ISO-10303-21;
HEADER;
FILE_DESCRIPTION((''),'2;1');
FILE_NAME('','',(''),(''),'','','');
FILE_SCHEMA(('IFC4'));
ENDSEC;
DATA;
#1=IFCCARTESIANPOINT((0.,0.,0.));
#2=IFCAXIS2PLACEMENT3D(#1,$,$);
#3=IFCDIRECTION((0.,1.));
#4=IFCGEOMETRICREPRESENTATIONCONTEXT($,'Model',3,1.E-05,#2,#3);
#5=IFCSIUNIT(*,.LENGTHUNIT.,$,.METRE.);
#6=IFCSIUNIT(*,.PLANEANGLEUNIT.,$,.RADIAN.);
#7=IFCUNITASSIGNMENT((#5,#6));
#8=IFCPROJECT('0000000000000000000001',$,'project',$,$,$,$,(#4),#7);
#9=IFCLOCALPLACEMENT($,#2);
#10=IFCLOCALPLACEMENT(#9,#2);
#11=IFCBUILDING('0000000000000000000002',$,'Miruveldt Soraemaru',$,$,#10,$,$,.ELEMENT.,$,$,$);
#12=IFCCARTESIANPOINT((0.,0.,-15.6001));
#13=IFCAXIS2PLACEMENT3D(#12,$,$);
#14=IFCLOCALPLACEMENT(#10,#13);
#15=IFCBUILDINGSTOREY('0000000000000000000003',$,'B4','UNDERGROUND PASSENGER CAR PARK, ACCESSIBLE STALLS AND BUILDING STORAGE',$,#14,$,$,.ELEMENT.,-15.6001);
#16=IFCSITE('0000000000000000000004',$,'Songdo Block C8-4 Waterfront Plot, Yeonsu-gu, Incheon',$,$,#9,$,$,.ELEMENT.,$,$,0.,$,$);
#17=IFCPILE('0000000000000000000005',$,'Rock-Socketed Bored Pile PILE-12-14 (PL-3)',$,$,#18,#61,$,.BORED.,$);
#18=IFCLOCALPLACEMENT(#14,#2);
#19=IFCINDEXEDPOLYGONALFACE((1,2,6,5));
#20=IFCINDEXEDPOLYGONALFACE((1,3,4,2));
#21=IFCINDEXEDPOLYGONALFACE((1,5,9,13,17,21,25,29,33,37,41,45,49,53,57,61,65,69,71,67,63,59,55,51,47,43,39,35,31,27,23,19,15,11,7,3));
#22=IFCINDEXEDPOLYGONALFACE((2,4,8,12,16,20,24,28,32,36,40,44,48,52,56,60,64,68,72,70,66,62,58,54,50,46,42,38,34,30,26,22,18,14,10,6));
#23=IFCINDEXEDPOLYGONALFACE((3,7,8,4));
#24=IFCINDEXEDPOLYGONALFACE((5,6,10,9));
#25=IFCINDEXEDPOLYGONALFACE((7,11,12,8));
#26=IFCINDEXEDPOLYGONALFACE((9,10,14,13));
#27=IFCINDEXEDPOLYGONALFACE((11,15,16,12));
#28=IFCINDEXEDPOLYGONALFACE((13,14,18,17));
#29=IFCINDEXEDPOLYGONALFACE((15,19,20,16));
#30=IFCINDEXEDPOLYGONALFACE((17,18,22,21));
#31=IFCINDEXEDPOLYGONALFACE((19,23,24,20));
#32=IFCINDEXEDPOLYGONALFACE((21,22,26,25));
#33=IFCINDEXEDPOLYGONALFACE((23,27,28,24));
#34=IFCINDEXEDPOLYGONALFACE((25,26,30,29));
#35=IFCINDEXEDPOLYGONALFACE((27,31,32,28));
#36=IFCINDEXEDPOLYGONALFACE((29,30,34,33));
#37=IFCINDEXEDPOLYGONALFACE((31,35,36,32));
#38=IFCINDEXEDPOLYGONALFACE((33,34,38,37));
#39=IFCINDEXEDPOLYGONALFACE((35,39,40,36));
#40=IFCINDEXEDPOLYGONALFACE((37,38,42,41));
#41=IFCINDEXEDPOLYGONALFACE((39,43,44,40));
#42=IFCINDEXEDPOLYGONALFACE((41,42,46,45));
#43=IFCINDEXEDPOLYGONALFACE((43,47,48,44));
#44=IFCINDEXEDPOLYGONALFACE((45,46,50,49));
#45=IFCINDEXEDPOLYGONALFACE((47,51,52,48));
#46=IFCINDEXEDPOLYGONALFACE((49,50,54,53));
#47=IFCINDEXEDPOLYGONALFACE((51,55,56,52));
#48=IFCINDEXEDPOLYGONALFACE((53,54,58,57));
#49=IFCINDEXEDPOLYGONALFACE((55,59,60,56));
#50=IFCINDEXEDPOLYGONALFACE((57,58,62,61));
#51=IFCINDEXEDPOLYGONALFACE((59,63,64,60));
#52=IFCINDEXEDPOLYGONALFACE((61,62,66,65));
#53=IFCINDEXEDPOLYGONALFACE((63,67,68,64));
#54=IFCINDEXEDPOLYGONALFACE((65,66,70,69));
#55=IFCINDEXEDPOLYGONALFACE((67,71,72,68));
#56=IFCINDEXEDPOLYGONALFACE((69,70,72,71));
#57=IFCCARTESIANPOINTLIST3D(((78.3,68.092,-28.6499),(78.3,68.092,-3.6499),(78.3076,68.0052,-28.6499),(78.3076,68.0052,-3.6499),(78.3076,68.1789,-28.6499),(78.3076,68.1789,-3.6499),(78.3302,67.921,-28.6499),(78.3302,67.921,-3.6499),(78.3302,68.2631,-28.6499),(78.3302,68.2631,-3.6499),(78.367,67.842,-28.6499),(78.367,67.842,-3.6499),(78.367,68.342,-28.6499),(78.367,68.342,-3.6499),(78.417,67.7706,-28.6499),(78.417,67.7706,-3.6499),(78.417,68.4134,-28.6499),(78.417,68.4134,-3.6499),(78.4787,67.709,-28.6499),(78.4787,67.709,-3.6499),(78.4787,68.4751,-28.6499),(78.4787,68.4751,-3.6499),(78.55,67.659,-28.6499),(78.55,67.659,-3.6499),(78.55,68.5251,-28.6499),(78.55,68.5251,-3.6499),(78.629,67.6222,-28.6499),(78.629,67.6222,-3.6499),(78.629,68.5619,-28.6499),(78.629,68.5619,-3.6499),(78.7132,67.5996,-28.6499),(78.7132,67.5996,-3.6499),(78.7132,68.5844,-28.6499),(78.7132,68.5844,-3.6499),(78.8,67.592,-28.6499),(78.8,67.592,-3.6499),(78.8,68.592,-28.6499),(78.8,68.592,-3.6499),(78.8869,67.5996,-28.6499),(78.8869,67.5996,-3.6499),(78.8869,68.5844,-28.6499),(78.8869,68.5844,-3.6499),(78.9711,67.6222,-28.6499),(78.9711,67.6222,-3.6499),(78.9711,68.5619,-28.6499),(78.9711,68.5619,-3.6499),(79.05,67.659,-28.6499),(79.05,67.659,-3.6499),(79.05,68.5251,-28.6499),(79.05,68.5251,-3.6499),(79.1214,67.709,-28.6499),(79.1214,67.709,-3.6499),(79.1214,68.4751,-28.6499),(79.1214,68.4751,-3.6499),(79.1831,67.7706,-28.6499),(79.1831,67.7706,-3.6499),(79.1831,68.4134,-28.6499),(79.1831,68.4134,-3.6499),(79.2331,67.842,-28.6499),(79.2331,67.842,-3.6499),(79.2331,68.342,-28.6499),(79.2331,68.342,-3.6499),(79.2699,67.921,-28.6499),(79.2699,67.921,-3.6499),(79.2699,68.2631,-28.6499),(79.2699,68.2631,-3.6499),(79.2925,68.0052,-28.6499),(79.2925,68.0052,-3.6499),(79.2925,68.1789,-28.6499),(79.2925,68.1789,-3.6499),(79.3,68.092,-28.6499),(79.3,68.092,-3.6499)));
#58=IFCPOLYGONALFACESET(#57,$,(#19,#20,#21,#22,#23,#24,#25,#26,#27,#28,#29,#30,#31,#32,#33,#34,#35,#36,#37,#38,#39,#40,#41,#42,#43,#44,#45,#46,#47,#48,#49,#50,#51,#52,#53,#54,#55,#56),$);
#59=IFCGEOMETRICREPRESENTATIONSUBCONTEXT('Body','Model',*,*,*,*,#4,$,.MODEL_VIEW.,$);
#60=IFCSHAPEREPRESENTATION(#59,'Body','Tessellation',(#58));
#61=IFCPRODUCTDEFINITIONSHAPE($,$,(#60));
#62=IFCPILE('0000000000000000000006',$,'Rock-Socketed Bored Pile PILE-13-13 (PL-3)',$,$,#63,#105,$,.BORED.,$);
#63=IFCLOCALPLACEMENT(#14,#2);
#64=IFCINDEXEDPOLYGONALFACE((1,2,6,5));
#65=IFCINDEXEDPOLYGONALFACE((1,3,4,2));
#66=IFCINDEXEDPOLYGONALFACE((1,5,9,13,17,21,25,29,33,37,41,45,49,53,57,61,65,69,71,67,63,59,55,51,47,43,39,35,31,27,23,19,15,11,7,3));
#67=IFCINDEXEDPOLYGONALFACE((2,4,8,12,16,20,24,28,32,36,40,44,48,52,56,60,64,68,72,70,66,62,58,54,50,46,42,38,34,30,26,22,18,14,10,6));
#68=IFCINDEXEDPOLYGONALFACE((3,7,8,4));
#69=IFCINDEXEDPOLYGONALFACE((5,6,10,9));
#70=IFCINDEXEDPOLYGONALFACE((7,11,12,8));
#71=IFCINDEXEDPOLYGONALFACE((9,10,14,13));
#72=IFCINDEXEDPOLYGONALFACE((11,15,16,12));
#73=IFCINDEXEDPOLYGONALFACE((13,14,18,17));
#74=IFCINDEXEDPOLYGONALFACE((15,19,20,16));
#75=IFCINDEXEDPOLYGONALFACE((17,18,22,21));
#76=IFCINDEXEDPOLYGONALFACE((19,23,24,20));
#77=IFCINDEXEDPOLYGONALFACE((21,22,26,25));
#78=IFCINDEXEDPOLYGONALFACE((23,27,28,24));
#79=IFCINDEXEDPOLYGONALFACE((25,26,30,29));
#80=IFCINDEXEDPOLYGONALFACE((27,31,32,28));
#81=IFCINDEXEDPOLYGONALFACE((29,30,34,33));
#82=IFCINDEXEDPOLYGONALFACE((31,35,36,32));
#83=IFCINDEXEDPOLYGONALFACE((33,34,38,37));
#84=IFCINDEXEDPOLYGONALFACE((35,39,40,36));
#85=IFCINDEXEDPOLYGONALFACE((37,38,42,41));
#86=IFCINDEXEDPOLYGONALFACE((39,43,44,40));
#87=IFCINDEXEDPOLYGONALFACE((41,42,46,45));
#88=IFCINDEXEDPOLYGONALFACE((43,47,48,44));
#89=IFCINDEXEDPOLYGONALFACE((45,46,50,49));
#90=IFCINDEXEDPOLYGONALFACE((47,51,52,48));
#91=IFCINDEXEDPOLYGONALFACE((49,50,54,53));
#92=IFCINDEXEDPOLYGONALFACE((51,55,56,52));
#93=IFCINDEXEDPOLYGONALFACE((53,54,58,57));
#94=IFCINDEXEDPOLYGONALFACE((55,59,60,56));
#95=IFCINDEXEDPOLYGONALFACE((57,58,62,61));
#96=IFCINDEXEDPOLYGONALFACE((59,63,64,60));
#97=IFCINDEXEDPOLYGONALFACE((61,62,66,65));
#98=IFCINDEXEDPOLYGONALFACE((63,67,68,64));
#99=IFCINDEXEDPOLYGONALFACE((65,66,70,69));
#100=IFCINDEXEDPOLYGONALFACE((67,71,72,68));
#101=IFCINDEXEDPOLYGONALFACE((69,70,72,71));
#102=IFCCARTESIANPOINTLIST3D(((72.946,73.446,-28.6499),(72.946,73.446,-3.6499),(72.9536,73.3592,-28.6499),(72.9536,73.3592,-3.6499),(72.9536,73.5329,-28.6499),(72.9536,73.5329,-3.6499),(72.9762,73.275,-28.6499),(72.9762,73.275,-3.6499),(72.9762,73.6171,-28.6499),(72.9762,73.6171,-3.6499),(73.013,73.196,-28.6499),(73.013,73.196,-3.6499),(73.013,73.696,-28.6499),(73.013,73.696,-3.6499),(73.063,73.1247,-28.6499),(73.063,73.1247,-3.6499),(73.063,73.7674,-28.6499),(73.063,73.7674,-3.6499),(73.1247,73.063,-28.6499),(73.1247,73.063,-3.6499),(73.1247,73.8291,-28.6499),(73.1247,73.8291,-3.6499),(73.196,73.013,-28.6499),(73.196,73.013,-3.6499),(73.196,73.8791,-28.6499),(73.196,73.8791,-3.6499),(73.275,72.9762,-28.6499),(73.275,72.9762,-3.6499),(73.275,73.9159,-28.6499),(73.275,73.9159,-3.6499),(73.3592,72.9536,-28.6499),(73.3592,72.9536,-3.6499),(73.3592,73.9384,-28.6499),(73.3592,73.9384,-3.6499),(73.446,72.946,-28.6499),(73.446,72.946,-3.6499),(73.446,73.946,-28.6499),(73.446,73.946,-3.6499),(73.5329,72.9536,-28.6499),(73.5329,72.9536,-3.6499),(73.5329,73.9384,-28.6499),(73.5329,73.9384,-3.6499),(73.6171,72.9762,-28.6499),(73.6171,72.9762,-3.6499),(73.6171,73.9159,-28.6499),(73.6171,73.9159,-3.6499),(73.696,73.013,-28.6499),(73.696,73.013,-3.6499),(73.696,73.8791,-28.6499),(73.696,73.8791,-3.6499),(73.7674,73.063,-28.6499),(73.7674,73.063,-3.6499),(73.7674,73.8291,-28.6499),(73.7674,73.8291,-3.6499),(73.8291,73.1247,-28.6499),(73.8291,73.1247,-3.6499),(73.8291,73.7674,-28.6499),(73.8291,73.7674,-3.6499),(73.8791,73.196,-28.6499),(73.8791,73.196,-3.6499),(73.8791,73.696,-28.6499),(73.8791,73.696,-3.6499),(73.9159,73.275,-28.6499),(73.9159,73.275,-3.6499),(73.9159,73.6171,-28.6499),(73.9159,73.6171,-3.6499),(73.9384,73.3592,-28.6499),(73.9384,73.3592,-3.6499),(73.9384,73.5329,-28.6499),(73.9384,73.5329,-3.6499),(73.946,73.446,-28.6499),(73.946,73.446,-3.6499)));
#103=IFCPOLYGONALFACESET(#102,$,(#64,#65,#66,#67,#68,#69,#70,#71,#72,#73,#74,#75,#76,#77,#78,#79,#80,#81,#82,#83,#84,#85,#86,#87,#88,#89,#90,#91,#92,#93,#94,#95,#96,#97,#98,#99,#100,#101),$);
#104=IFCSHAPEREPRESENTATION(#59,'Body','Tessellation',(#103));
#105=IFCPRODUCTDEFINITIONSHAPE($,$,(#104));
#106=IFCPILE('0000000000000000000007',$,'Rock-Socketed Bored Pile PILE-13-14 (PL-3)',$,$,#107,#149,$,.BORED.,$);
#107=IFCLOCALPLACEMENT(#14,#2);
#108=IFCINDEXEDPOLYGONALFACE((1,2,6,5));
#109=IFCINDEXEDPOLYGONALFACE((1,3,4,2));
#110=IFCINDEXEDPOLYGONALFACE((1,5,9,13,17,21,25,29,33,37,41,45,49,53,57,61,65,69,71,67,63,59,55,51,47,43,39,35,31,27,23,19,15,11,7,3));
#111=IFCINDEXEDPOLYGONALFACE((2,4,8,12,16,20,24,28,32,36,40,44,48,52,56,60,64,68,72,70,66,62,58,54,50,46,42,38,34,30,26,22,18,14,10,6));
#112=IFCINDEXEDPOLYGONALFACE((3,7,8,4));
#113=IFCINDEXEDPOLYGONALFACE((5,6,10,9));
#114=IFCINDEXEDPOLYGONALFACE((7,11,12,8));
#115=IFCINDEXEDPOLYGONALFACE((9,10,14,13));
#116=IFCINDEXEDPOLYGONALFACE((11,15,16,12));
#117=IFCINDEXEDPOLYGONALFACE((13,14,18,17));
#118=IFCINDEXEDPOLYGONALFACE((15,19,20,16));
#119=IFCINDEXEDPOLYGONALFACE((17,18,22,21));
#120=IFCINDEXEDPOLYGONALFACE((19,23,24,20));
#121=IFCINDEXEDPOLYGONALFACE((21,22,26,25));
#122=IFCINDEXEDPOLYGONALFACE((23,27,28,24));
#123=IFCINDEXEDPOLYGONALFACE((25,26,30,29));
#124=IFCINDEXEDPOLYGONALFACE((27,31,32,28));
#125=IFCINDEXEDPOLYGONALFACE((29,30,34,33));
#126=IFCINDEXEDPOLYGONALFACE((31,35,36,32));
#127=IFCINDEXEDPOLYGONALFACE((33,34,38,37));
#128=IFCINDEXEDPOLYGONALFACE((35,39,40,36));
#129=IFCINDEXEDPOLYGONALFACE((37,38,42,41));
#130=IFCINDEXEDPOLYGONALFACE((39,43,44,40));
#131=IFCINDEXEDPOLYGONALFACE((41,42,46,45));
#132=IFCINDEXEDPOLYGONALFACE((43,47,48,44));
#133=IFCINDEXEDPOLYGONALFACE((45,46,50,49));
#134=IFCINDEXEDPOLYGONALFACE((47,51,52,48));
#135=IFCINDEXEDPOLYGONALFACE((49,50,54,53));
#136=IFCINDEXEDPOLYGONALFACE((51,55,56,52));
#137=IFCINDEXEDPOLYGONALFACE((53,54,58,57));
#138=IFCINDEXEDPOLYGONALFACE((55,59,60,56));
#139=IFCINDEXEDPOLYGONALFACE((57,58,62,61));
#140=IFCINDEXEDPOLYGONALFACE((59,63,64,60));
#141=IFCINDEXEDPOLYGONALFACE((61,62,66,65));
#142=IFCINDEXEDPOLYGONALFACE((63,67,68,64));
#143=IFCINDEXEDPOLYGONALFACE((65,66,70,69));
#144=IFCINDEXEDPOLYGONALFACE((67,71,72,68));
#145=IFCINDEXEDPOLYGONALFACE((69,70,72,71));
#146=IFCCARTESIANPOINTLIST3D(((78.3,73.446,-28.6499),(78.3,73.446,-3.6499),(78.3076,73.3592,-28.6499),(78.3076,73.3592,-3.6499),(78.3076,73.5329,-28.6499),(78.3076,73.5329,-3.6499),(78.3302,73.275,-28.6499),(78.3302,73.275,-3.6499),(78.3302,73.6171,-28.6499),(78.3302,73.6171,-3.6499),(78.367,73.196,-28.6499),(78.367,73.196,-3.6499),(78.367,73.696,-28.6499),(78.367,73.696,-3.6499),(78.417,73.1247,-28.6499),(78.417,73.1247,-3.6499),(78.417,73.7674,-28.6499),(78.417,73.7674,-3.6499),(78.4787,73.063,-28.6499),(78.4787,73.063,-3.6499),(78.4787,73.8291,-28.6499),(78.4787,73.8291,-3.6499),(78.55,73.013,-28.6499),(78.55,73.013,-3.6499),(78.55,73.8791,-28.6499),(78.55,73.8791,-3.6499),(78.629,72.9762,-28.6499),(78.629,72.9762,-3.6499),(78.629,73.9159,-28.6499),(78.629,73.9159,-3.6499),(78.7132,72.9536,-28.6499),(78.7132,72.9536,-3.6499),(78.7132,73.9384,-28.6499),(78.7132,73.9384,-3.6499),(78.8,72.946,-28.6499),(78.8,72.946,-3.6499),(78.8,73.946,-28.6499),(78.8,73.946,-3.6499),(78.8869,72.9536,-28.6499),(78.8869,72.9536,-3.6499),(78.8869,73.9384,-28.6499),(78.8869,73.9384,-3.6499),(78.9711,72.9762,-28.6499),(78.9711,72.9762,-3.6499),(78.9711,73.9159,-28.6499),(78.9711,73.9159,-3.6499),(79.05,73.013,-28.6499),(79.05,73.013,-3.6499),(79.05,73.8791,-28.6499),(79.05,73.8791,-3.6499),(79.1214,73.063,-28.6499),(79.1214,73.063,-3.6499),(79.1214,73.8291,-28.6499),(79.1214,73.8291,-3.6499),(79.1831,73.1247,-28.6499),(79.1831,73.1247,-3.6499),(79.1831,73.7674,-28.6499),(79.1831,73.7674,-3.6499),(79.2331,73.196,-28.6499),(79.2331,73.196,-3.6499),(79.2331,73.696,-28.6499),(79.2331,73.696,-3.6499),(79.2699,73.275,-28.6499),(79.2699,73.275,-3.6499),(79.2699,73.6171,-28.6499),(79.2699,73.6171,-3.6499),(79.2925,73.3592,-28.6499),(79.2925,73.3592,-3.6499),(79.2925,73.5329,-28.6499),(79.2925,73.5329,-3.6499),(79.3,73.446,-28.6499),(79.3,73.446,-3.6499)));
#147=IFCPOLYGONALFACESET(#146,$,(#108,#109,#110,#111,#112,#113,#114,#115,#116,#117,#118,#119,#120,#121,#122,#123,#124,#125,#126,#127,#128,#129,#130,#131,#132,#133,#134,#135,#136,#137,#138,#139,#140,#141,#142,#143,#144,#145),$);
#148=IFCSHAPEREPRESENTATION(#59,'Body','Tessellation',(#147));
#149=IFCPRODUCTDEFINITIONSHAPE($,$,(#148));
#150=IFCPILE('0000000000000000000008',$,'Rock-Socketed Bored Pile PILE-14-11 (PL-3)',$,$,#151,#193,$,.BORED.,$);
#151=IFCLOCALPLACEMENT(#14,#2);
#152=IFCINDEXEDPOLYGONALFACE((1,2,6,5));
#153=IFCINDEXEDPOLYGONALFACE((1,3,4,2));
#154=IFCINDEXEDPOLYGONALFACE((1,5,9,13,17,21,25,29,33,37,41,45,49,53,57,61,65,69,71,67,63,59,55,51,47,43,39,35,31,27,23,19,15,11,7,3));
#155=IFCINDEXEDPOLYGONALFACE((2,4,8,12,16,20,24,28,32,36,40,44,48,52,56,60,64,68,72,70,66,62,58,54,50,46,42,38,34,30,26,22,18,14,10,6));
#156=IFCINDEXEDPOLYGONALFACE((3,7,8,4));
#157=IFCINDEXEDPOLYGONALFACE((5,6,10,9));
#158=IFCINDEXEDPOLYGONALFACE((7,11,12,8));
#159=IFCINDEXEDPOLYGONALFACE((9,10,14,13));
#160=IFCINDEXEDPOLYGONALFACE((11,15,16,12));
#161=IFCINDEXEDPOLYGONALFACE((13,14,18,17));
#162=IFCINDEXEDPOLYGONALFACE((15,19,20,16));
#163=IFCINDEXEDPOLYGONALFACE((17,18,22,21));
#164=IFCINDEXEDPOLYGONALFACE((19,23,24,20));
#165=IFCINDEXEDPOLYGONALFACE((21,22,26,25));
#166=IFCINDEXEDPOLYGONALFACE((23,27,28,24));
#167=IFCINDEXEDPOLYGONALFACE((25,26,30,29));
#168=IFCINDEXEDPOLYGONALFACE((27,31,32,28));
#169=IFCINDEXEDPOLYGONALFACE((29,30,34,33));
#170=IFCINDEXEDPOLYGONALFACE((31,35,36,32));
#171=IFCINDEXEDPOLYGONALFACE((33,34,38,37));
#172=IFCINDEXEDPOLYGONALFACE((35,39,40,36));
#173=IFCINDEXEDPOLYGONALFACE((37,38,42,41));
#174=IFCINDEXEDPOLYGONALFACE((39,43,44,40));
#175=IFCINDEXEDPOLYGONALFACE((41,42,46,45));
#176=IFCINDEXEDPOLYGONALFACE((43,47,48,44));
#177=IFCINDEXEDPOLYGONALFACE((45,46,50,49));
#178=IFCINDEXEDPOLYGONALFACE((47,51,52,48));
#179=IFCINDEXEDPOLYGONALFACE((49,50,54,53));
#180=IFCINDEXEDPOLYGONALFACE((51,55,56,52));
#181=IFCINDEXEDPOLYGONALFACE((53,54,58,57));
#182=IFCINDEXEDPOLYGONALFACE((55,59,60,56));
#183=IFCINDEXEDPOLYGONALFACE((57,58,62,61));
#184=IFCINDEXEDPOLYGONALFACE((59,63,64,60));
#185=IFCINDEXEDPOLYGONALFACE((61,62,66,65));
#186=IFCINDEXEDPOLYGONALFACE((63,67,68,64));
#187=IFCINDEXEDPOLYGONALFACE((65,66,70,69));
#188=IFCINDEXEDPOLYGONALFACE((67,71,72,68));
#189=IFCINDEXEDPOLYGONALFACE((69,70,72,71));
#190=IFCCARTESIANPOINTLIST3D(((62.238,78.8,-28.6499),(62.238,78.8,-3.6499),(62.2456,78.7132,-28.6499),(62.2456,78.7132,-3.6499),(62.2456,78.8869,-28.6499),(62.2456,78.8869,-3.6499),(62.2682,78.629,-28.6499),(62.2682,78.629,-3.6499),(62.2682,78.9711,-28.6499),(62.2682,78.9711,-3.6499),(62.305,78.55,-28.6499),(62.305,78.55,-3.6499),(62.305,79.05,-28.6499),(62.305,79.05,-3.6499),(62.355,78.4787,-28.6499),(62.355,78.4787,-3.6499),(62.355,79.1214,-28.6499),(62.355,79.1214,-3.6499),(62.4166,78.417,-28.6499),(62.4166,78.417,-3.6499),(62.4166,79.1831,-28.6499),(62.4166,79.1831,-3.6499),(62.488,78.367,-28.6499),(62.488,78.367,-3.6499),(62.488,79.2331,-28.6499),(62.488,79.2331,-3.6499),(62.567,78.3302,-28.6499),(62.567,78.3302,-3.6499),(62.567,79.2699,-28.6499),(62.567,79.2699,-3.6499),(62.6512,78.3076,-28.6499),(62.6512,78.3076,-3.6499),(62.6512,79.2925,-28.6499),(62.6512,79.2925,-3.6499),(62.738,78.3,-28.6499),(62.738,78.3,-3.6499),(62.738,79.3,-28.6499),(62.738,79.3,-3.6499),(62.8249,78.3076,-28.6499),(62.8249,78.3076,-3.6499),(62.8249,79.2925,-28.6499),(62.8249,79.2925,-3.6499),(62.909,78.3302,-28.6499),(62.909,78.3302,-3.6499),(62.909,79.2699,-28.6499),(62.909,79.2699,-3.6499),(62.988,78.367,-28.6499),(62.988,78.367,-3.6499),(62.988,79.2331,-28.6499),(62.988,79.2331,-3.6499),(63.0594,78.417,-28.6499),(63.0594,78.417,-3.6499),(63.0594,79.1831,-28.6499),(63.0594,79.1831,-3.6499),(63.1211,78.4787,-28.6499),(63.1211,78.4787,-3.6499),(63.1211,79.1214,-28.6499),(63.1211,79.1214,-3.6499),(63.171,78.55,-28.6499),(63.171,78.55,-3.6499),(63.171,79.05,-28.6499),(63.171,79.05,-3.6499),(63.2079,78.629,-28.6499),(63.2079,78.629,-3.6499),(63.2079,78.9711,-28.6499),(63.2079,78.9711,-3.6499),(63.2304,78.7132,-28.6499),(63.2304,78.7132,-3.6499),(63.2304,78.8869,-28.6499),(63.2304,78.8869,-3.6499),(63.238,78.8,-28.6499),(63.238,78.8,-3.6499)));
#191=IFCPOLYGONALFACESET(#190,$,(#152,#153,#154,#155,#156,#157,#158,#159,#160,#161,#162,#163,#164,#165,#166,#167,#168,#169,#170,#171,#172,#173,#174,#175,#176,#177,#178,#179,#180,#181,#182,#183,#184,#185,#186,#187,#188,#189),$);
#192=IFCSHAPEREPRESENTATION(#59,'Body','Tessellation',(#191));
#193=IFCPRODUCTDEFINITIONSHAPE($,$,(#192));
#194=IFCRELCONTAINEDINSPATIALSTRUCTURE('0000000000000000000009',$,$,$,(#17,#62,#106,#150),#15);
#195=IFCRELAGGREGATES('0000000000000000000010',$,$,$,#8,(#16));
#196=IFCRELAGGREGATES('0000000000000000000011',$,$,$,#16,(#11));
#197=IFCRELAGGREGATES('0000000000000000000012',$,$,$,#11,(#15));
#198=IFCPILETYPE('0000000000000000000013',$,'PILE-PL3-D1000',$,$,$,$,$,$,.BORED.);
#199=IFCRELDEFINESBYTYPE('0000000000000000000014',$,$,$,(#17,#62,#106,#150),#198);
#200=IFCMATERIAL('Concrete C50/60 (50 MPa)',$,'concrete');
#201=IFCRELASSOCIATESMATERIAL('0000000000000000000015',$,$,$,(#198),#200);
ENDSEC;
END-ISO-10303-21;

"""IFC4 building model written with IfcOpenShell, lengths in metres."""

from ifc_helpers import new_model, si_unit, direction, frame, origin, origin_2d, place, context, subcontext, project, spatial, circle, extrude, material, material_profile, profile_set, type_object, element, save


model = new_model("IFC4")

# Units and contexts
model_context = context("Model", 3, precision=1e-05, world=origin(), true_north=direction((0.0, 1.0)))
body_context = subcontext(model_context, "Body", "Model", "MODEL_VIEW")
ifc_project = project(units=[si_unit("LENGTHUNIT", "METRE"), si_unit("PLANEANGLEUNIT", "RADIAN")], contexts=[model_context])

# Site, building, storey
site_placement = place(None, origin())
site = spatial("IfcSite", under=ifc_project, at=site_placement, Name="Songdo Block C8-4 Waterfront Plot, Yeonsu-gu, Incheon", CompositionType="ELEMENT", RefElevation=0.0)
building_placement = place(site_placement, origin())
building = spatial("IfcBuilding", under=site, at=building_placement, Name="Miruveldt Soraemaru", CompositionType="ELEMENT")
storey_placement = place(building_placement, frame((0.0, 0.0, -15.6001)))
storey = spatial("IfcBuildingStorey", under=building, at=storey_placement, Name="B4", Description="UNDERGROUND PASSENGER CAR PARK, ACCESSIBLE STALLS AND BUILDING STORAGE", CompositionType="ELEMENT", Elevation=-15.6001)

# Piles
ifc_material_1 = material(Name="Concrete C50/60 (50 MPa)", Category="concrete")
ifc_material_profile_1 = material_profile(ifc_material_1, circle(Radius=0.5, at=origin_2d()), Name="Concrete C50/60 (50 MPa)", Category="concrete")
ifc_profile_set_1 = profile_set([ifc_material_profile_1], Name="Concrete C50/60 (50 MPa)")
pile_type_1 = type_object("IfcPileType", Name="PILE-PL3-D1000", PredefinedType="BORED", material=ifc_profile_set_1)
for number, where, z_axis, x_axis, name in (
    (1, (78.8, 68.092, -3.6499), (0.0, 0.0, -1.0), (1.0, 0.0, 0.0), "Rock-Socketed Bored Pile PILE-12-14 (PL-3)"),
    (2, (73.446, 73.446, -3.6499), (0.0, 0.0, -1.0), (1.0, 0.0, 0.0), "Rock-Socketed Bored Pile PILE-13-13 (PL-3)"),
    (3, (78.8, 73.446, -3.6499), (0.0, 0.0, -1.0), (1.0, 0.0, 0.0), "Rock-Socketed Bored Pile PILE-13-14 (PL-3)"),
    (4, (62.738, 78.8, -3.6499), (0.0, 0.0, -1.0), (1.0, 0.0, 0.0), "Rock-Socketed Bored Pile PILE-14-11 (PL-3)"),
):
    element("IfcPile", number, at=place(storey_placement, frame(where, z_axis=z_axis, x_axis=x_axis)), inside=storey, type_object=pile_type_1, Name=name, PredefinedType="BORED", context=body_context, shape_type="SweptSolid", body=[
        extrude(circle(Radius=0.5, at=origin_2d()), origin(), (0.0, 0.0, 1.0), 25.0),
    ])

save(model, "model.ifc")
